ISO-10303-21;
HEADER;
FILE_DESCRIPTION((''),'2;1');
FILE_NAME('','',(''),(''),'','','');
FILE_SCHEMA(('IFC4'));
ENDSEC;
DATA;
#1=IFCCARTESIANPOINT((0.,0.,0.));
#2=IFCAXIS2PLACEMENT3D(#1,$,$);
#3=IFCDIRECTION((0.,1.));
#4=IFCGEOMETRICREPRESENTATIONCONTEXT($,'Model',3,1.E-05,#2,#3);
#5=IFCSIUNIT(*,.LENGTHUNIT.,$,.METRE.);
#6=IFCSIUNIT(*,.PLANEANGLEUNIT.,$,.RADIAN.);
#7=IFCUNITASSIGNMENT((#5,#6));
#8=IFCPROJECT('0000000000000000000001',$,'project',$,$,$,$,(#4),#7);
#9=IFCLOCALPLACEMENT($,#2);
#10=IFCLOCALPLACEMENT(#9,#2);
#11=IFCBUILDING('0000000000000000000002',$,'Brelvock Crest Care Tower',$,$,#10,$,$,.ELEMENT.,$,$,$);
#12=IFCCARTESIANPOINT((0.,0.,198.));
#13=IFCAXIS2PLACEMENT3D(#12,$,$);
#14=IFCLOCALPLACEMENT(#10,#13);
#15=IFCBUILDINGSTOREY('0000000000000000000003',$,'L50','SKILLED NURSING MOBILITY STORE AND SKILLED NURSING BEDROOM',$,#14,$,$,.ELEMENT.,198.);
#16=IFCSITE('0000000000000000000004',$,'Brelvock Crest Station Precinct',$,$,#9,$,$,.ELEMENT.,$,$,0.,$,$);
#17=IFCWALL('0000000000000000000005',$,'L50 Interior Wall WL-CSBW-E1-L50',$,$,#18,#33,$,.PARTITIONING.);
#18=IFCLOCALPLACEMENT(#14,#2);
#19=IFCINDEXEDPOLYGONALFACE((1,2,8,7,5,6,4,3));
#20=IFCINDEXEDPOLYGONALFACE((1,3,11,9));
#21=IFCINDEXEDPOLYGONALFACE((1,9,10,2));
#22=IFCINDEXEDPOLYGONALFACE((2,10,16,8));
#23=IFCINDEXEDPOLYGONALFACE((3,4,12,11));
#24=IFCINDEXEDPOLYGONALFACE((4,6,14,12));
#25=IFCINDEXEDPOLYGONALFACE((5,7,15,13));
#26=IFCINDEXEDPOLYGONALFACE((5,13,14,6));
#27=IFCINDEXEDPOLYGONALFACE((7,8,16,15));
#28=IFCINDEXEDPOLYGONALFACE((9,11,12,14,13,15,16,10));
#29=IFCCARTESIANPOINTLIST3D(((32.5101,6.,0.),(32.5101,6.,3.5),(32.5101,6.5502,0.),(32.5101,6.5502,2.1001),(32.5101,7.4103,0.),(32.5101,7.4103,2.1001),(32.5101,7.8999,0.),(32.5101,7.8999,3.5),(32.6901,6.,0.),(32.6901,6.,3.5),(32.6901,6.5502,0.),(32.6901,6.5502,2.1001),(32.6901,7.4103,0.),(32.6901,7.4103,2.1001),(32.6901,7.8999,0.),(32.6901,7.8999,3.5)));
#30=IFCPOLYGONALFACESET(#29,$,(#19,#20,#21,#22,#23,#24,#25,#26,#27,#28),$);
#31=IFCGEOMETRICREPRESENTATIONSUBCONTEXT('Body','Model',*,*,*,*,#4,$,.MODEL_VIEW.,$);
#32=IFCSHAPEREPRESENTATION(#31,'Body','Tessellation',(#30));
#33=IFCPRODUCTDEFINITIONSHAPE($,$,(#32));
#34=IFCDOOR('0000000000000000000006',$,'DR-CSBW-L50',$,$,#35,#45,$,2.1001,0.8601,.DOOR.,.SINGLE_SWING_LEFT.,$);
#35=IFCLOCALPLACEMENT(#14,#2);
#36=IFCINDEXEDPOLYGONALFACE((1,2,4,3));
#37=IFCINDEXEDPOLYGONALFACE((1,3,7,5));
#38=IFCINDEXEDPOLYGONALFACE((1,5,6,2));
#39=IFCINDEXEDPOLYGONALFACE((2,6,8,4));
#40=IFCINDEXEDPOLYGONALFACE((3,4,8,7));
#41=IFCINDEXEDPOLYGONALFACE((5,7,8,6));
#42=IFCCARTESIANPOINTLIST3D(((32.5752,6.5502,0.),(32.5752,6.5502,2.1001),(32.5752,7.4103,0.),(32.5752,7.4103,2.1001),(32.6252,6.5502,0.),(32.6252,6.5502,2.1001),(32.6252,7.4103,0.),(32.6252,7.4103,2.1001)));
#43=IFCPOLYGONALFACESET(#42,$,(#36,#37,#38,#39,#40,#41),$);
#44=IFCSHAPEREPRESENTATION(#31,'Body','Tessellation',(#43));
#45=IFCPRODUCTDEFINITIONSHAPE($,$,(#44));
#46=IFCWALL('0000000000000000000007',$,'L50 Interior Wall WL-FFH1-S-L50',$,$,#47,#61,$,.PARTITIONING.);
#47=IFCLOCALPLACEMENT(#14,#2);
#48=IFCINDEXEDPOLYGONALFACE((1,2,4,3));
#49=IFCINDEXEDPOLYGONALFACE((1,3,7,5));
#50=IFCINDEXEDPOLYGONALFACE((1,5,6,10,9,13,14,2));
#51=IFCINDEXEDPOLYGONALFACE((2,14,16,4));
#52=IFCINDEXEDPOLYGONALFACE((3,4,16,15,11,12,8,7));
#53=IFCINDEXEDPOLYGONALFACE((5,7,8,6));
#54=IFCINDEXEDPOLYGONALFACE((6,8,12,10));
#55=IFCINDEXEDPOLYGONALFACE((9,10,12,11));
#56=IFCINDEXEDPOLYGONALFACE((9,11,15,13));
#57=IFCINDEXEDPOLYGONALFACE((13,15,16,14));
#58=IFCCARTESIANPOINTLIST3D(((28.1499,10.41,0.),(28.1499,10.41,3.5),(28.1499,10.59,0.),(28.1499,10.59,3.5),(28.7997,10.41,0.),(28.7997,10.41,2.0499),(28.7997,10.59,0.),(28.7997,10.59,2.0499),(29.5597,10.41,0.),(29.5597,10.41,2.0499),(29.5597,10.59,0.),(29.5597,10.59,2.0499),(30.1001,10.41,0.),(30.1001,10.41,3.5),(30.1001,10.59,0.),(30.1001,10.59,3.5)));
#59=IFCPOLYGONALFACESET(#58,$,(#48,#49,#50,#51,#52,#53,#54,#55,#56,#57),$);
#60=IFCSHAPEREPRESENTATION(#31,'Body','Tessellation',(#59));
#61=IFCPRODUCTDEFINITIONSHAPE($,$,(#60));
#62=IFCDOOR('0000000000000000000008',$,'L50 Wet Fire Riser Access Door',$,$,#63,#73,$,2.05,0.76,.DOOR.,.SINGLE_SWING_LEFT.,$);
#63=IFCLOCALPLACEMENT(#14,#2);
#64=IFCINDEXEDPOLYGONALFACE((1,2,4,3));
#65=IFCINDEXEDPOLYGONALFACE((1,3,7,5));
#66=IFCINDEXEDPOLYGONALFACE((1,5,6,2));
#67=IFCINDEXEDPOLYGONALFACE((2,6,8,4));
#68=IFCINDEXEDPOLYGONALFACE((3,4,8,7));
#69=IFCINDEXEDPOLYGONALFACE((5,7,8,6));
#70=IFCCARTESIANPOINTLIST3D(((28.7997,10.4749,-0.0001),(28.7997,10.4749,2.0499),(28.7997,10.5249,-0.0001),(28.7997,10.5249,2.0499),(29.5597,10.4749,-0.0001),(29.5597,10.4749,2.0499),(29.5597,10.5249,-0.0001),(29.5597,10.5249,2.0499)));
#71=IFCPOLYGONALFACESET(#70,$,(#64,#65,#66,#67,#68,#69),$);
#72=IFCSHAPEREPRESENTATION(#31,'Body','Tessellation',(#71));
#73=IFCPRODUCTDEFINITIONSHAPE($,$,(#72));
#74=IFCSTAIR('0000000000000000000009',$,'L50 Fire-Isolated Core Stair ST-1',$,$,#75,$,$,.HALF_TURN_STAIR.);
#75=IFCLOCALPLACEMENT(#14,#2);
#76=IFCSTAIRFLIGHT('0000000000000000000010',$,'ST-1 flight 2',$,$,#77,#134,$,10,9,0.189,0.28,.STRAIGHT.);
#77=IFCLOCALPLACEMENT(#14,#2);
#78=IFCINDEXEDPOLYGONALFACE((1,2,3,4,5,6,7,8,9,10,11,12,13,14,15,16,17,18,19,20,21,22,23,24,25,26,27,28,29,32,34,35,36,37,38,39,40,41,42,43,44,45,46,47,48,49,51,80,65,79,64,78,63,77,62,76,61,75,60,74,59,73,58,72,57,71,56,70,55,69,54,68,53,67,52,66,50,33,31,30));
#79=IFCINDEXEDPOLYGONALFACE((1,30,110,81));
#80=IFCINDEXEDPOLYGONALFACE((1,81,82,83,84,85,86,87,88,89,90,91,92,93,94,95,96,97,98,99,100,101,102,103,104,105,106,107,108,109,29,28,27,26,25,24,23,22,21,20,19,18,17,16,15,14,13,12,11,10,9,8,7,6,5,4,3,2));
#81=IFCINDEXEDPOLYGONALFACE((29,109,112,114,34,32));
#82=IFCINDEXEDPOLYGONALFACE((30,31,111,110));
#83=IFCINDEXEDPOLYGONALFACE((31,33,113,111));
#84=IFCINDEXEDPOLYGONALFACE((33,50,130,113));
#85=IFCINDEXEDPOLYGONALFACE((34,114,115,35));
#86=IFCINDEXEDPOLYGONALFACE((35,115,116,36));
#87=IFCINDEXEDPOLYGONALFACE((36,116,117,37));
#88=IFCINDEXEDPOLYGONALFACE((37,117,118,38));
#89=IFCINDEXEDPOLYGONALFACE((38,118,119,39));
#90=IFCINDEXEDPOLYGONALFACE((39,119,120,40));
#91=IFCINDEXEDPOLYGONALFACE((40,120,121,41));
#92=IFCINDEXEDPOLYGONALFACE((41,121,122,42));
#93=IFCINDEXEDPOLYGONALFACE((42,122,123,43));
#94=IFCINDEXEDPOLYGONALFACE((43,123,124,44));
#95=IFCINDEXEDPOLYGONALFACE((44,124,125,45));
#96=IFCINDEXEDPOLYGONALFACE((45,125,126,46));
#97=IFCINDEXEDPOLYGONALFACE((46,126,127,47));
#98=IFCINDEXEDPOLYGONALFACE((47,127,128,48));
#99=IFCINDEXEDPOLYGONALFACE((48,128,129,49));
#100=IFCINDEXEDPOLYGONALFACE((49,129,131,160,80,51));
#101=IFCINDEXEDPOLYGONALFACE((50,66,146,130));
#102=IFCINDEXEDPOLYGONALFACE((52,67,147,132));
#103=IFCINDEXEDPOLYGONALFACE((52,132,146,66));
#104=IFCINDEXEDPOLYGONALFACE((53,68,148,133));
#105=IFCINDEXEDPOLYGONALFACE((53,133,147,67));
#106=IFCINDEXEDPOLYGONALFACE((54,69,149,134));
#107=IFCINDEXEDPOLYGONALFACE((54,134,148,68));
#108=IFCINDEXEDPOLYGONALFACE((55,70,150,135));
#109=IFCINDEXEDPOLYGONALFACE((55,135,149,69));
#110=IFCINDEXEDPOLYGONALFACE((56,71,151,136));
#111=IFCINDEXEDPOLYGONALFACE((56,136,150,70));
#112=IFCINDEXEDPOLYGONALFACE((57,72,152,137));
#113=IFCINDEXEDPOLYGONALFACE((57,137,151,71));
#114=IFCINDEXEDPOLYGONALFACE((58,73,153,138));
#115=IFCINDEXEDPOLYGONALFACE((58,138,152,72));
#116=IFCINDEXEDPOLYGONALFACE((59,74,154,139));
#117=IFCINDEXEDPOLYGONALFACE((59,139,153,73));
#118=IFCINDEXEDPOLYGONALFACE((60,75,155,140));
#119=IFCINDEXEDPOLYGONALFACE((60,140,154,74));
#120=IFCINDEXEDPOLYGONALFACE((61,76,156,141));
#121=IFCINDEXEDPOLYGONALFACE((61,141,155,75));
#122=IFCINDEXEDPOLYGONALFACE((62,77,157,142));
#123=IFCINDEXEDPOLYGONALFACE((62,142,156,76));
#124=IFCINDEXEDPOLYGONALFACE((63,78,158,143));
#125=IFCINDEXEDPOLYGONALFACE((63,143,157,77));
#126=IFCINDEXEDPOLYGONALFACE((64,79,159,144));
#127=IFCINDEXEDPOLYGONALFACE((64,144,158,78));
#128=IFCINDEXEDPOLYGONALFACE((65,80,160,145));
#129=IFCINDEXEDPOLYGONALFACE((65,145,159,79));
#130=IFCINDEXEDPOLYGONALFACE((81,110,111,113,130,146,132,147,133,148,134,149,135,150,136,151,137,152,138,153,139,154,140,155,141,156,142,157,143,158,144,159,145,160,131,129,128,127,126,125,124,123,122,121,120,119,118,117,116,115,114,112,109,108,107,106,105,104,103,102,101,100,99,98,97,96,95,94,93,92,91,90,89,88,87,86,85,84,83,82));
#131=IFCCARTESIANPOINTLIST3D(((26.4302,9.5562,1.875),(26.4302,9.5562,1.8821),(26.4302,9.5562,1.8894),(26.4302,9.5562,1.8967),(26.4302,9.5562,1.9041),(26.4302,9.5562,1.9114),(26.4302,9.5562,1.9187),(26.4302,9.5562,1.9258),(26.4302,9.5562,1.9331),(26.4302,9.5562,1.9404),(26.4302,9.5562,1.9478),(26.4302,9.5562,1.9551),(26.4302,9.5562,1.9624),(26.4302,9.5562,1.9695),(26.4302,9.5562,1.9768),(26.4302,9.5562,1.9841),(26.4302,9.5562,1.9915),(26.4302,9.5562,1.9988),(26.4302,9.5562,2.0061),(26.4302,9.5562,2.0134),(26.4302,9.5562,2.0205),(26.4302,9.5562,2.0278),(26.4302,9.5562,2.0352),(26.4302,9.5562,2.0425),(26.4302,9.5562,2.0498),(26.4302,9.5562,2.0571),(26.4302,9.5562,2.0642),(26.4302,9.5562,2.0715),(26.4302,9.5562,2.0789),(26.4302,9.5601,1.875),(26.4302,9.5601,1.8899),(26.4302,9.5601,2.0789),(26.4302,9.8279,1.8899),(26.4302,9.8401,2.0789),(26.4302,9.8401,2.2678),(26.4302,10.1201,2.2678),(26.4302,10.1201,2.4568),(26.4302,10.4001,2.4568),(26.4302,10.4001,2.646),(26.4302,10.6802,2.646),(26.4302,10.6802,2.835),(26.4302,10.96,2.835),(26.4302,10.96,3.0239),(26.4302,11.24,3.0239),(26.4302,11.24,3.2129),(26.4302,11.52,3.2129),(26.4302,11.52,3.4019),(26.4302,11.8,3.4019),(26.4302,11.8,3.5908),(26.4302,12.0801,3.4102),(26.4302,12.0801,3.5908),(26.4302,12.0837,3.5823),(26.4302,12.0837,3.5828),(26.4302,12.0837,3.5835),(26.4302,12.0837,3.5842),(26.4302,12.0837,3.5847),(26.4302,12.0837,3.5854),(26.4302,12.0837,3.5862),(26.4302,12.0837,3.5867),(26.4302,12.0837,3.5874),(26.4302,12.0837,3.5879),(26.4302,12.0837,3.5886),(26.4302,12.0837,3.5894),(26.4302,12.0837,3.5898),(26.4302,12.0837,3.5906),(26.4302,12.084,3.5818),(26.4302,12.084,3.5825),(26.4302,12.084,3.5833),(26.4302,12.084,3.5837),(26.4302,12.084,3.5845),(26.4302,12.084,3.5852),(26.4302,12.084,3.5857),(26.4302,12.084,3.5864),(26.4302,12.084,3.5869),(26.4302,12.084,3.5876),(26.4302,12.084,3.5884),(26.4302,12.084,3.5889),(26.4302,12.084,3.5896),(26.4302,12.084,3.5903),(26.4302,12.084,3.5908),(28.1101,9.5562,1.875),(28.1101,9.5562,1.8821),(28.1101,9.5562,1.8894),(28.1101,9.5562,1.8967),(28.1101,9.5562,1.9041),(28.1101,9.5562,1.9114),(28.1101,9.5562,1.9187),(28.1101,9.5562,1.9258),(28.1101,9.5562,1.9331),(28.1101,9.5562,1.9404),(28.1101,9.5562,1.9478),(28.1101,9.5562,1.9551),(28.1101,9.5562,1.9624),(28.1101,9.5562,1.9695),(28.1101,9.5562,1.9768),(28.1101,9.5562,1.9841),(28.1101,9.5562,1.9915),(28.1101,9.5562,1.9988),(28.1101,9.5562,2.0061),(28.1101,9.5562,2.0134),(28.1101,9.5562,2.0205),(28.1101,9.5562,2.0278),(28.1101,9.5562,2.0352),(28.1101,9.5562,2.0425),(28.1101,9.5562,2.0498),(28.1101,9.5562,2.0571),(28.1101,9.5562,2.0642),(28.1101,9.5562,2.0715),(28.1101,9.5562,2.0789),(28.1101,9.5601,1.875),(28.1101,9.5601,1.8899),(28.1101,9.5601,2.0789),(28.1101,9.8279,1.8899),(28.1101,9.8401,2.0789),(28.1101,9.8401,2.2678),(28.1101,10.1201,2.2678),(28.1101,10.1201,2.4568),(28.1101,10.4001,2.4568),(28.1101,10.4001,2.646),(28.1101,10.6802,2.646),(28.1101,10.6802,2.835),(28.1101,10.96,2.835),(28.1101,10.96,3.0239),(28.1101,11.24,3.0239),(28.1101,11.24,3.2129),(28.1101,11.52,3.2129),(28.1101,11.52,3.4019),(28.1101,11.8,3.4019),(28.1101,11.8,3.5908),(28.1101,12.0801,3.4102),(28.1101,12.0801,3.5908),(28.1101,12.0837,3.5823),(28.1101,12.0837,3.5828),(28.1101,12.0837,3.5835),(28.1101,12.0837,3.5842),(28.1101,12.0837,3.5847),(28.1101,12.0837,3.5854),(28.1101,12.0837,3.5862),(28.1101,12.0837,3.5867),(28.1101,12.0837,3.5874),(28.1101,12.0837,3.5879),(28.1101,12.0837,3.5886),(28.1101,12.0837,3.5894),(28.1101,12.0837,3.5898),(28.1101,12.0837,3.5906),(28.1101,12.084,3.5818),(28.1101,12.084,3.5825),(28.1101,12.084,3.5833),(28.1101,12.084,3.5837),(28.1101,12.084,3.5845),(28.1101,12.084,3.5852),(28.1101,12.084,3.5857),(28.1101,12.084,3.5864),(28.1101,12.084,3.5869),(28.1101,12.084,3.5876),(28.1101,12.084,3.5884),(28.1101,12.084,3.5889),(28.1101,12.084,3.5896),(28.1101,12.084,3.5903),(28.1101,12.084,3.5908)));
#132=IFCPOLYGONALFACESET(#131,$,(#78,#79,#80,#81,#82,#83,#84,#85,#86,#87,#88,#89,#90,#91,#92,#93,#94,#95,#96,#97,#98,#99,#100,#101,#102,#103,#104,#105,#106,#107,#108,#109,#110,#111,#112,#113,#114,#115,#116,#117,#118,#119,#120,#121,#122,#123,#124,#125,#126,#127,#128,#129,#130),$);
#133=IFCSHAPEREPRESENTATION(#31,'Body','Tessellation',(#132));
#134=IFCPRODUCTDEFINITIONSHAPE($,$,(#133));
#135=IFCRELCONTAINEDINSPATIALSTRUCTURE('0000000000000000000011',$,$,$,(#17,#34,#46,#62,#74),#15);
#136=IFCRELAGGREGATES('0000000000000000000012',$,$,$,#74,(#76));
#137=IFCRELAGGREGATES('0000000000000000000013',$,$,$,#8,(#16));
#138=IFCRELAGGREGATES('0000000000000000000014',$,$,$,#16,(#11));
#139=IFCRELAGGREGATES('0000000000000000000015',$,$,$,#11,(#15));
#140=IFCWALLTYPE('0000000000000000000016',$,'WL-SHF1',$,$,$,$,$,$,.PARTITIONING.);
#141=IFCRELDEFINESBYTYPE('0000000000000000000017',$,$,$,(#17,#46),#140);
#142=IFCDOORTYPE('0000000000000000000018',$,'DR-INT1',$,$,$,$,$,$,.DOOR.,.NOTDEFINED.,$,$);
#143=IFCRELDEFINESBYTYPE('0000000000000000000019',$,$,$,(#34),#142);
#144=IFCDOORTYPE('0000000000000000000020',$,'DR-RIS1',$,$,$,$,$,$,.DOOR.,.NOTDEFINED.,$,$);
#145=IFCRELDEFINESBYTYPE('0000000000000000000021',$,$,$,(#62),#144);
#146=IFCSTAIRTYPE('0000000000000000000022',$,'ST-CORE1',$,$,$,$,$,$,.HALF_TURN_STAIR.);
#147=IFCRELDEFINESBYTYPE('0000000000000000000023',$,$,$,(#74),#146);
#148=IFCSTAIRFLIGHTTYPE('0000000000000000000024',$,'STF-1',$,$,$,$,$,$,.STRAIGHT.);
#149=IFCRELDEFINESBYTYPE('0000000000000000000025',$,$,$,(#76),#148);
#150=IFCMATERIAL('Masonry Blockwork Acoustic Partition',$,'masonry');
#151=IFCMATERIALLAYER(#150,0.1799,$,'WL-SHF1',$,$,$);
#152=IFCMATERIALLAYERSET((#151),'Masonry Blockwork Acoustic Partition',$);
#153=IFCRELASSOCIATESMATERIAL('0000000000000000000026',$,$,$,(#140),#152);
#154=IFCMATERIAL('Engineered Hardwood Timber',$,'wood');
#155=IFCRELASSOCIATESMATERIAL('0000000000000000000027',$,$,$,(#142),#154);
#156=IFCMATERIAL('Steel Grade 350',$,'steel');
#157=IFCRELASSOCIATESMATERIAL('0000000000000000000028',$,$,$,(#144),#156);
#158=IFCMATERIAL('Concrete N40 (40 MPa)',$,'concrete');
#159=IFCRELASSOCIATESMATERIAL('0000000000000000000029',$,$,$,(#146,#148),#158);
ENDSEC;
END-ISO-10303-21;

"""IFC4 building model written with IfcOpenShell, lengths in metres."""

from ifc_helpers import new_model, si_unit, direction, frame, frame_2d, origin, origin_2d, place, context, subcontext, project, spatial, polyline, rectangle, outline, extrude, source, transform, mapped, material, layer, layer_set, type_object, element, fill, aggregate, save


model = new_model("IFC4")

# Units and contexts
model_context = context("Model", 3, precision=1e-05, world=origin(), true_north=direction((0.0, 1.0)))
body_context = subcontext(model_context, "Body", "Model", "MODEL_VIEW")
ifc_project = project(units=[si_unit("LENGTHUNIT", "METRE"), si_unit("PLANEANGLEUNIT", "RADIAN")], contexts=[model_context])

# Site, building, storey
site_placement = place(None, origin())
site = spatial("IfcSite", under=ifc_project, at=site_placement, Name="Brelvock Crest Station Precinct", CompositionType="ELEMENT", RefElevation=0.0)
building_placement = place(site_placement, origin())
building = spatial("IfcBuilding", under=site, at=building_placement, Name="Brelvock Crest Care Tower", CompositionType="ELEMENT")
storey_placement = place(building_placement, frame((0.0, 0.0, 198.0)))
storey = spatial("IfcBuildingStorey", under=building, at=storey_placement, Name="L50", Description="SKILLED NURSING MOBILITY STORE AND SKILLED NURSING BEDROOM", CompositionType="ELEMENT", Elevation=198.0)

# Shared definitions
ifc_material_1 = material(Name="Steel Grade 350", Category="steel")

# Shared definitions
ifc_material_2 = material(Name="Masonry Blockwork Acoustic Partition", Category="masonry")

# Shared definitions
ifc_layer_1 = layer(ifc_material_2, 0.1799, Name="WL-SHF1")
ifc_layer_set_1 = layer_set([ifc_layer_1], Name="Masonry Blockwork Acoustic Partition")
wall_type_1 = type_object("IfcWallType", Name="WL-SHF1", PredefinedType="PARTITIONING", material=ifc_layer_set_1)

# Walls, openings, doors
wall_1_placement = place(storey_placement, frame((32.6001, 6.0, 0.0), z_axis=(0.0, 0.0, 1.0), x_axis=(0.0, 1.0, 0.0)))
wall_1 = element("IfcWall", 1, at=wall_1_placement, inside=storey, type_object=wall_type_1, Name="L50 Interior Wall WL-CSBW-E1-L50", PredefinedType="PARTITIONING", context=body_context, shape_type="SweptSolid", body=[
    extrude(rectangle(XDim=1.8999, YDim=0.1799, at=frame_2d((0.95, 0.0))), origin(), (0.0, 0.0, 1.0), 3.5),
])
opening_1_placement = place(wall_1_placement, frame((0.55, 0.0, 0.0)))
opening_1 = element("IfcOpeningElement", 2, at=opening_1_placement, cuts=wall_1, PredefinedType="OPENING", context=body_context, shape_type="SweptSolid", body=[
    extrude(rectangle(XDim=0.8601, YDim=2.1001, at=origin_2d()), frame((0.4302, 0.1001, 1.05), z_axis=(0.0, -1.0, 0.0), x_axis=(1.0, 0.0, 0.0)), (0.0, 0.0, 1.0), 0.2),
])
ifc_material_3 = material(Name="Engineered Hardwood Timber", Category="wood")
door_type_1 = type_object("IfcDoorType", Name="DR-INT1", OperationType="NOTDEFINED", PredefinedType="DOOR", material=ifc_material_3)
shared_shape_1 = source(origin(), body_context, "Body", "SweptSolid", [
    extrude(rectangle(XDim=0.8601, YDim=2.1001, at=origin_2d()), frame((0.4302, 0.0249, 1.05), z_axis=(0.0, -1.0, 0.0), x_axis=(1.0, 0.0, 0.0)), (0.0, 0.0, 1.0), 0.05),
])
door_1_placement = place(opening_1_placement, origin())
door_1 = element("IfcDoor", 3, at=door_1_placement, inside=storey, type_object=door_type_1, Name="DR-CSBW-L50", OperationType="SINGLE_SWING_LEFT", OverallHeight=2.1001, OverallWidth=0.8601, PredefinedType="DOOR", context=body_context, shape_type="MappedRepresentation", body=[
    mapped(shared_shape_1, transform((0.0, 0.0, 0.0), x_axis=(1.0, 0.0, 0.0), y_axis=(0.0, 1.0, 0.0), z_axis=(0.0, 0.0, 1.0), scale=1.0)),
])
fill(opening_1, door_1)
wall_2_placement = place(storey_placement, frame((28.1499, 10.5, 0.0), z_axis=(0.0, 0.0, 1.0), x_axis=(1.0, 0.0, 0.0)))
wall_2 = element("IfcWall", 4, at=wall_2_placement, inside=storey, type_object=wall_type_1, Name="L50 Interior Wall WL-FFH1-S-L50", PredefinedType="PARTITIONING", context=body_context, shape_type="SweptSolid", body=[
    extrude(rectangle(XDim=1.9502, YDim=0.1799, at=frame_2d((0.9751, 0.0))), origin(), (0.0, 0.0, 1.0), 3.5),
])
opening_2_placement = place(wall_2_placement, frame((0.6499, 0.0, 0.0)))
opening_2 = element("IfcOpeningElement", 5, at=opening_2_placement, cuts=wall_2, PredefinedType="OPENING", context=body_context, shape_type="SweptSolid", body=[
    extrude(rectangle(XDim=0.76, YDim=2.05, at=origin_2d()), frame((0.3799, 0.1001, 1.0249), z_axis=(0.0, -1.0, 0.0), x_axis=(1.0, 0.0, 0.0)), (0.0, 0.0, 1.0), 0.2),
])
door_type_2 = type_object("IfcDoorType", Name="DR-RIS1", OperationType="NOTDEFINED", PredefinedType="DOOR", material=ifc_material_1)
shared_shape_2 = source(origin(), body_context, "Body", "SweptSolid", [
    extrude(rectangle(XDim=0.76, YDim=2.05, at=origin_2d()), frame((0.3799, 0.0249, 1.0249), z_axis=(0.0, -1.0, 0.0), x_axis=(1.0, 0.0, 0.0)), (0.0, 0.0, 1.0), 0.05),
])
door_2_placement = place(opening_2_placement, origin())
door_2 = element("IfcDoor", 6, at=door_2_placement, inside=storey, type_object=door_type_2, Name="L50 Wet Fire Riser Access Door", OperationType="SINGLE_SWING_LEFT", OverallHeight=2.05, OverallWidth=0.76, PredefinedType="DOOR", context=body_context, shape_type="MappedRepresentation", body=[
    mapped(shared_shape_2, transform((0.0, 0.0, 0.0), x_axis=(1.0, 0.0, 0.0), y_axis=(0.0, 1.0, 0.0), z_axis=(0.0, 0.0, 1.0), scale=1.0)),
])
fill(opening_2, door_2)

# Stair, stair flight
ifc_material_4 = material(Name="Concrete N40 (40 MPa)", Category="concrete")
stair_type = type_object("IfcStairType", Name="ST-CORE1", PredefinedType="HALF_TURN_STAIR", material=ifc_material_4)
stair_placement = place(storey_placement, origin())
stair = element("IfcStair", 7, at=stair_placement, inside=storey, type_object=stair_type, Name="L50 Fire-Isolated Core Stair ST-1", PredefinedType="HALF_TURN_STAIR")
stair_flight_type = type_object("IfcStairFlightType", Name="STF-1", PredefinedType="STRAIGHT", material=ifc_material_4)
stair_flight_placement = place(storey_placement, frame((27.27, 9.5601, 1.8899), z_axis=(0.0, 0.0, 1.0), x_axis=(0.0, 1.0, 0.0)))
stair_flight = element("IfcStairFlight", 8, at=stair_flight_placement, type_object=stair_flight_type, Name="ST-1 flight 2", NumberOfRisers=10, NumberOfTreads=9, PredefinedType="STRAIGHT", RiserHeight=0.189, TreadLength=0.28, context=body_context, shape_type="SweptSolid", body=[
    extrude(outline(polyline([(-0.0039, -0.0149), (-0.0039, -0.0078), (-0.0039, -0.0005), (-0.0039, 0.0068), (-0.0039, 0.0142), (-0.0039, 0.0215), (-0.0039, 0.0288), (-0.0039, 0.0359), (-0.0039, 0.0432), (-0.0039, 0.0505), (-0.0039, 0.0579), (-0.0039, 0.0652), (-0.0039, 0.0725), (-0.0039, 0.0796), (-0.0039, 0.0869), (-0.0039, 0.0942), (-0.0039, 0.1016), (-0.0039, 0.1089), (-0.0039, 0.1162), (-0.0039, 0.1235), (-0.0039, 0.1306), (-0.0039, 0.1379), (-0.0039, 0.1453), (-0.0039, 0.1526), (-0.0039, 0.1599), (-0.0039, 0.1672), (-0.0039, 0.1743), (-0.0039, 0.1816), (-0.0039, 0.189), (0.0, 0.189), (0.28, 0.189), (0.28, 0.3779), (0.5601, 0.3779), (0.5601, 0.5669), (0.8401, 0.5669), (0.8401, 0.7561), (1.1201, 0.7561), (1.1201, 0.9451), (1.3999, 0.9451), (1.3999, 1.134), (1.6799, 1.134), (1.6799, 1.323), (1.96, 1.323), (1.96, 1.512), (2.24, 1.512), (2.24, 1.7009), (2.52, 1.7009), (2.5239, 1.7009), (2.5237, 1.7007), (2.5239, 1.7004), (2.5237, 1.7), (2.5239, 1.6997), (2.5237, 1.6995), (2.5239, 1.699), (2.5237, 1.6987), (2.5239, 1.6985), (2.5237, 1.698), (2.5239, 1.6978), (2.5237, 1.6975), (2.5239, 1.697), (2.5237, 1.6968), (2.5239, 1.6965), (2.5237, 1.6963), (2.5239, 1.6958), (2.5237, 1.6956), (2.5239, 1.6953), (2.5237, 1.6948), (2.5239, 1.6946), (2.5237, 1.6943), (2.5239, 1.6938), (2.5237, 1.6936), (2.5239, 1.6934), (2.5237, 1.6929), (2.5239, 1.6926), (2.5237, 1.6924), (2.5239, 1.6919), (2.52, 1.5203), (0.2678, 0.0), (0.0, 0.0), (0.0, -0.0149), (-0.0039, -0.0149)])), frame((0.0, 0.8398, 0.0), z_axis=(0.0, -1.0, 0.0), x_axis=(1.0, 0.0, 0.0)), (0.0, 0.0, 1.0), 1.6799),
])
aggregate(stair, [stair_flight])

save(model, "model.ifc")
